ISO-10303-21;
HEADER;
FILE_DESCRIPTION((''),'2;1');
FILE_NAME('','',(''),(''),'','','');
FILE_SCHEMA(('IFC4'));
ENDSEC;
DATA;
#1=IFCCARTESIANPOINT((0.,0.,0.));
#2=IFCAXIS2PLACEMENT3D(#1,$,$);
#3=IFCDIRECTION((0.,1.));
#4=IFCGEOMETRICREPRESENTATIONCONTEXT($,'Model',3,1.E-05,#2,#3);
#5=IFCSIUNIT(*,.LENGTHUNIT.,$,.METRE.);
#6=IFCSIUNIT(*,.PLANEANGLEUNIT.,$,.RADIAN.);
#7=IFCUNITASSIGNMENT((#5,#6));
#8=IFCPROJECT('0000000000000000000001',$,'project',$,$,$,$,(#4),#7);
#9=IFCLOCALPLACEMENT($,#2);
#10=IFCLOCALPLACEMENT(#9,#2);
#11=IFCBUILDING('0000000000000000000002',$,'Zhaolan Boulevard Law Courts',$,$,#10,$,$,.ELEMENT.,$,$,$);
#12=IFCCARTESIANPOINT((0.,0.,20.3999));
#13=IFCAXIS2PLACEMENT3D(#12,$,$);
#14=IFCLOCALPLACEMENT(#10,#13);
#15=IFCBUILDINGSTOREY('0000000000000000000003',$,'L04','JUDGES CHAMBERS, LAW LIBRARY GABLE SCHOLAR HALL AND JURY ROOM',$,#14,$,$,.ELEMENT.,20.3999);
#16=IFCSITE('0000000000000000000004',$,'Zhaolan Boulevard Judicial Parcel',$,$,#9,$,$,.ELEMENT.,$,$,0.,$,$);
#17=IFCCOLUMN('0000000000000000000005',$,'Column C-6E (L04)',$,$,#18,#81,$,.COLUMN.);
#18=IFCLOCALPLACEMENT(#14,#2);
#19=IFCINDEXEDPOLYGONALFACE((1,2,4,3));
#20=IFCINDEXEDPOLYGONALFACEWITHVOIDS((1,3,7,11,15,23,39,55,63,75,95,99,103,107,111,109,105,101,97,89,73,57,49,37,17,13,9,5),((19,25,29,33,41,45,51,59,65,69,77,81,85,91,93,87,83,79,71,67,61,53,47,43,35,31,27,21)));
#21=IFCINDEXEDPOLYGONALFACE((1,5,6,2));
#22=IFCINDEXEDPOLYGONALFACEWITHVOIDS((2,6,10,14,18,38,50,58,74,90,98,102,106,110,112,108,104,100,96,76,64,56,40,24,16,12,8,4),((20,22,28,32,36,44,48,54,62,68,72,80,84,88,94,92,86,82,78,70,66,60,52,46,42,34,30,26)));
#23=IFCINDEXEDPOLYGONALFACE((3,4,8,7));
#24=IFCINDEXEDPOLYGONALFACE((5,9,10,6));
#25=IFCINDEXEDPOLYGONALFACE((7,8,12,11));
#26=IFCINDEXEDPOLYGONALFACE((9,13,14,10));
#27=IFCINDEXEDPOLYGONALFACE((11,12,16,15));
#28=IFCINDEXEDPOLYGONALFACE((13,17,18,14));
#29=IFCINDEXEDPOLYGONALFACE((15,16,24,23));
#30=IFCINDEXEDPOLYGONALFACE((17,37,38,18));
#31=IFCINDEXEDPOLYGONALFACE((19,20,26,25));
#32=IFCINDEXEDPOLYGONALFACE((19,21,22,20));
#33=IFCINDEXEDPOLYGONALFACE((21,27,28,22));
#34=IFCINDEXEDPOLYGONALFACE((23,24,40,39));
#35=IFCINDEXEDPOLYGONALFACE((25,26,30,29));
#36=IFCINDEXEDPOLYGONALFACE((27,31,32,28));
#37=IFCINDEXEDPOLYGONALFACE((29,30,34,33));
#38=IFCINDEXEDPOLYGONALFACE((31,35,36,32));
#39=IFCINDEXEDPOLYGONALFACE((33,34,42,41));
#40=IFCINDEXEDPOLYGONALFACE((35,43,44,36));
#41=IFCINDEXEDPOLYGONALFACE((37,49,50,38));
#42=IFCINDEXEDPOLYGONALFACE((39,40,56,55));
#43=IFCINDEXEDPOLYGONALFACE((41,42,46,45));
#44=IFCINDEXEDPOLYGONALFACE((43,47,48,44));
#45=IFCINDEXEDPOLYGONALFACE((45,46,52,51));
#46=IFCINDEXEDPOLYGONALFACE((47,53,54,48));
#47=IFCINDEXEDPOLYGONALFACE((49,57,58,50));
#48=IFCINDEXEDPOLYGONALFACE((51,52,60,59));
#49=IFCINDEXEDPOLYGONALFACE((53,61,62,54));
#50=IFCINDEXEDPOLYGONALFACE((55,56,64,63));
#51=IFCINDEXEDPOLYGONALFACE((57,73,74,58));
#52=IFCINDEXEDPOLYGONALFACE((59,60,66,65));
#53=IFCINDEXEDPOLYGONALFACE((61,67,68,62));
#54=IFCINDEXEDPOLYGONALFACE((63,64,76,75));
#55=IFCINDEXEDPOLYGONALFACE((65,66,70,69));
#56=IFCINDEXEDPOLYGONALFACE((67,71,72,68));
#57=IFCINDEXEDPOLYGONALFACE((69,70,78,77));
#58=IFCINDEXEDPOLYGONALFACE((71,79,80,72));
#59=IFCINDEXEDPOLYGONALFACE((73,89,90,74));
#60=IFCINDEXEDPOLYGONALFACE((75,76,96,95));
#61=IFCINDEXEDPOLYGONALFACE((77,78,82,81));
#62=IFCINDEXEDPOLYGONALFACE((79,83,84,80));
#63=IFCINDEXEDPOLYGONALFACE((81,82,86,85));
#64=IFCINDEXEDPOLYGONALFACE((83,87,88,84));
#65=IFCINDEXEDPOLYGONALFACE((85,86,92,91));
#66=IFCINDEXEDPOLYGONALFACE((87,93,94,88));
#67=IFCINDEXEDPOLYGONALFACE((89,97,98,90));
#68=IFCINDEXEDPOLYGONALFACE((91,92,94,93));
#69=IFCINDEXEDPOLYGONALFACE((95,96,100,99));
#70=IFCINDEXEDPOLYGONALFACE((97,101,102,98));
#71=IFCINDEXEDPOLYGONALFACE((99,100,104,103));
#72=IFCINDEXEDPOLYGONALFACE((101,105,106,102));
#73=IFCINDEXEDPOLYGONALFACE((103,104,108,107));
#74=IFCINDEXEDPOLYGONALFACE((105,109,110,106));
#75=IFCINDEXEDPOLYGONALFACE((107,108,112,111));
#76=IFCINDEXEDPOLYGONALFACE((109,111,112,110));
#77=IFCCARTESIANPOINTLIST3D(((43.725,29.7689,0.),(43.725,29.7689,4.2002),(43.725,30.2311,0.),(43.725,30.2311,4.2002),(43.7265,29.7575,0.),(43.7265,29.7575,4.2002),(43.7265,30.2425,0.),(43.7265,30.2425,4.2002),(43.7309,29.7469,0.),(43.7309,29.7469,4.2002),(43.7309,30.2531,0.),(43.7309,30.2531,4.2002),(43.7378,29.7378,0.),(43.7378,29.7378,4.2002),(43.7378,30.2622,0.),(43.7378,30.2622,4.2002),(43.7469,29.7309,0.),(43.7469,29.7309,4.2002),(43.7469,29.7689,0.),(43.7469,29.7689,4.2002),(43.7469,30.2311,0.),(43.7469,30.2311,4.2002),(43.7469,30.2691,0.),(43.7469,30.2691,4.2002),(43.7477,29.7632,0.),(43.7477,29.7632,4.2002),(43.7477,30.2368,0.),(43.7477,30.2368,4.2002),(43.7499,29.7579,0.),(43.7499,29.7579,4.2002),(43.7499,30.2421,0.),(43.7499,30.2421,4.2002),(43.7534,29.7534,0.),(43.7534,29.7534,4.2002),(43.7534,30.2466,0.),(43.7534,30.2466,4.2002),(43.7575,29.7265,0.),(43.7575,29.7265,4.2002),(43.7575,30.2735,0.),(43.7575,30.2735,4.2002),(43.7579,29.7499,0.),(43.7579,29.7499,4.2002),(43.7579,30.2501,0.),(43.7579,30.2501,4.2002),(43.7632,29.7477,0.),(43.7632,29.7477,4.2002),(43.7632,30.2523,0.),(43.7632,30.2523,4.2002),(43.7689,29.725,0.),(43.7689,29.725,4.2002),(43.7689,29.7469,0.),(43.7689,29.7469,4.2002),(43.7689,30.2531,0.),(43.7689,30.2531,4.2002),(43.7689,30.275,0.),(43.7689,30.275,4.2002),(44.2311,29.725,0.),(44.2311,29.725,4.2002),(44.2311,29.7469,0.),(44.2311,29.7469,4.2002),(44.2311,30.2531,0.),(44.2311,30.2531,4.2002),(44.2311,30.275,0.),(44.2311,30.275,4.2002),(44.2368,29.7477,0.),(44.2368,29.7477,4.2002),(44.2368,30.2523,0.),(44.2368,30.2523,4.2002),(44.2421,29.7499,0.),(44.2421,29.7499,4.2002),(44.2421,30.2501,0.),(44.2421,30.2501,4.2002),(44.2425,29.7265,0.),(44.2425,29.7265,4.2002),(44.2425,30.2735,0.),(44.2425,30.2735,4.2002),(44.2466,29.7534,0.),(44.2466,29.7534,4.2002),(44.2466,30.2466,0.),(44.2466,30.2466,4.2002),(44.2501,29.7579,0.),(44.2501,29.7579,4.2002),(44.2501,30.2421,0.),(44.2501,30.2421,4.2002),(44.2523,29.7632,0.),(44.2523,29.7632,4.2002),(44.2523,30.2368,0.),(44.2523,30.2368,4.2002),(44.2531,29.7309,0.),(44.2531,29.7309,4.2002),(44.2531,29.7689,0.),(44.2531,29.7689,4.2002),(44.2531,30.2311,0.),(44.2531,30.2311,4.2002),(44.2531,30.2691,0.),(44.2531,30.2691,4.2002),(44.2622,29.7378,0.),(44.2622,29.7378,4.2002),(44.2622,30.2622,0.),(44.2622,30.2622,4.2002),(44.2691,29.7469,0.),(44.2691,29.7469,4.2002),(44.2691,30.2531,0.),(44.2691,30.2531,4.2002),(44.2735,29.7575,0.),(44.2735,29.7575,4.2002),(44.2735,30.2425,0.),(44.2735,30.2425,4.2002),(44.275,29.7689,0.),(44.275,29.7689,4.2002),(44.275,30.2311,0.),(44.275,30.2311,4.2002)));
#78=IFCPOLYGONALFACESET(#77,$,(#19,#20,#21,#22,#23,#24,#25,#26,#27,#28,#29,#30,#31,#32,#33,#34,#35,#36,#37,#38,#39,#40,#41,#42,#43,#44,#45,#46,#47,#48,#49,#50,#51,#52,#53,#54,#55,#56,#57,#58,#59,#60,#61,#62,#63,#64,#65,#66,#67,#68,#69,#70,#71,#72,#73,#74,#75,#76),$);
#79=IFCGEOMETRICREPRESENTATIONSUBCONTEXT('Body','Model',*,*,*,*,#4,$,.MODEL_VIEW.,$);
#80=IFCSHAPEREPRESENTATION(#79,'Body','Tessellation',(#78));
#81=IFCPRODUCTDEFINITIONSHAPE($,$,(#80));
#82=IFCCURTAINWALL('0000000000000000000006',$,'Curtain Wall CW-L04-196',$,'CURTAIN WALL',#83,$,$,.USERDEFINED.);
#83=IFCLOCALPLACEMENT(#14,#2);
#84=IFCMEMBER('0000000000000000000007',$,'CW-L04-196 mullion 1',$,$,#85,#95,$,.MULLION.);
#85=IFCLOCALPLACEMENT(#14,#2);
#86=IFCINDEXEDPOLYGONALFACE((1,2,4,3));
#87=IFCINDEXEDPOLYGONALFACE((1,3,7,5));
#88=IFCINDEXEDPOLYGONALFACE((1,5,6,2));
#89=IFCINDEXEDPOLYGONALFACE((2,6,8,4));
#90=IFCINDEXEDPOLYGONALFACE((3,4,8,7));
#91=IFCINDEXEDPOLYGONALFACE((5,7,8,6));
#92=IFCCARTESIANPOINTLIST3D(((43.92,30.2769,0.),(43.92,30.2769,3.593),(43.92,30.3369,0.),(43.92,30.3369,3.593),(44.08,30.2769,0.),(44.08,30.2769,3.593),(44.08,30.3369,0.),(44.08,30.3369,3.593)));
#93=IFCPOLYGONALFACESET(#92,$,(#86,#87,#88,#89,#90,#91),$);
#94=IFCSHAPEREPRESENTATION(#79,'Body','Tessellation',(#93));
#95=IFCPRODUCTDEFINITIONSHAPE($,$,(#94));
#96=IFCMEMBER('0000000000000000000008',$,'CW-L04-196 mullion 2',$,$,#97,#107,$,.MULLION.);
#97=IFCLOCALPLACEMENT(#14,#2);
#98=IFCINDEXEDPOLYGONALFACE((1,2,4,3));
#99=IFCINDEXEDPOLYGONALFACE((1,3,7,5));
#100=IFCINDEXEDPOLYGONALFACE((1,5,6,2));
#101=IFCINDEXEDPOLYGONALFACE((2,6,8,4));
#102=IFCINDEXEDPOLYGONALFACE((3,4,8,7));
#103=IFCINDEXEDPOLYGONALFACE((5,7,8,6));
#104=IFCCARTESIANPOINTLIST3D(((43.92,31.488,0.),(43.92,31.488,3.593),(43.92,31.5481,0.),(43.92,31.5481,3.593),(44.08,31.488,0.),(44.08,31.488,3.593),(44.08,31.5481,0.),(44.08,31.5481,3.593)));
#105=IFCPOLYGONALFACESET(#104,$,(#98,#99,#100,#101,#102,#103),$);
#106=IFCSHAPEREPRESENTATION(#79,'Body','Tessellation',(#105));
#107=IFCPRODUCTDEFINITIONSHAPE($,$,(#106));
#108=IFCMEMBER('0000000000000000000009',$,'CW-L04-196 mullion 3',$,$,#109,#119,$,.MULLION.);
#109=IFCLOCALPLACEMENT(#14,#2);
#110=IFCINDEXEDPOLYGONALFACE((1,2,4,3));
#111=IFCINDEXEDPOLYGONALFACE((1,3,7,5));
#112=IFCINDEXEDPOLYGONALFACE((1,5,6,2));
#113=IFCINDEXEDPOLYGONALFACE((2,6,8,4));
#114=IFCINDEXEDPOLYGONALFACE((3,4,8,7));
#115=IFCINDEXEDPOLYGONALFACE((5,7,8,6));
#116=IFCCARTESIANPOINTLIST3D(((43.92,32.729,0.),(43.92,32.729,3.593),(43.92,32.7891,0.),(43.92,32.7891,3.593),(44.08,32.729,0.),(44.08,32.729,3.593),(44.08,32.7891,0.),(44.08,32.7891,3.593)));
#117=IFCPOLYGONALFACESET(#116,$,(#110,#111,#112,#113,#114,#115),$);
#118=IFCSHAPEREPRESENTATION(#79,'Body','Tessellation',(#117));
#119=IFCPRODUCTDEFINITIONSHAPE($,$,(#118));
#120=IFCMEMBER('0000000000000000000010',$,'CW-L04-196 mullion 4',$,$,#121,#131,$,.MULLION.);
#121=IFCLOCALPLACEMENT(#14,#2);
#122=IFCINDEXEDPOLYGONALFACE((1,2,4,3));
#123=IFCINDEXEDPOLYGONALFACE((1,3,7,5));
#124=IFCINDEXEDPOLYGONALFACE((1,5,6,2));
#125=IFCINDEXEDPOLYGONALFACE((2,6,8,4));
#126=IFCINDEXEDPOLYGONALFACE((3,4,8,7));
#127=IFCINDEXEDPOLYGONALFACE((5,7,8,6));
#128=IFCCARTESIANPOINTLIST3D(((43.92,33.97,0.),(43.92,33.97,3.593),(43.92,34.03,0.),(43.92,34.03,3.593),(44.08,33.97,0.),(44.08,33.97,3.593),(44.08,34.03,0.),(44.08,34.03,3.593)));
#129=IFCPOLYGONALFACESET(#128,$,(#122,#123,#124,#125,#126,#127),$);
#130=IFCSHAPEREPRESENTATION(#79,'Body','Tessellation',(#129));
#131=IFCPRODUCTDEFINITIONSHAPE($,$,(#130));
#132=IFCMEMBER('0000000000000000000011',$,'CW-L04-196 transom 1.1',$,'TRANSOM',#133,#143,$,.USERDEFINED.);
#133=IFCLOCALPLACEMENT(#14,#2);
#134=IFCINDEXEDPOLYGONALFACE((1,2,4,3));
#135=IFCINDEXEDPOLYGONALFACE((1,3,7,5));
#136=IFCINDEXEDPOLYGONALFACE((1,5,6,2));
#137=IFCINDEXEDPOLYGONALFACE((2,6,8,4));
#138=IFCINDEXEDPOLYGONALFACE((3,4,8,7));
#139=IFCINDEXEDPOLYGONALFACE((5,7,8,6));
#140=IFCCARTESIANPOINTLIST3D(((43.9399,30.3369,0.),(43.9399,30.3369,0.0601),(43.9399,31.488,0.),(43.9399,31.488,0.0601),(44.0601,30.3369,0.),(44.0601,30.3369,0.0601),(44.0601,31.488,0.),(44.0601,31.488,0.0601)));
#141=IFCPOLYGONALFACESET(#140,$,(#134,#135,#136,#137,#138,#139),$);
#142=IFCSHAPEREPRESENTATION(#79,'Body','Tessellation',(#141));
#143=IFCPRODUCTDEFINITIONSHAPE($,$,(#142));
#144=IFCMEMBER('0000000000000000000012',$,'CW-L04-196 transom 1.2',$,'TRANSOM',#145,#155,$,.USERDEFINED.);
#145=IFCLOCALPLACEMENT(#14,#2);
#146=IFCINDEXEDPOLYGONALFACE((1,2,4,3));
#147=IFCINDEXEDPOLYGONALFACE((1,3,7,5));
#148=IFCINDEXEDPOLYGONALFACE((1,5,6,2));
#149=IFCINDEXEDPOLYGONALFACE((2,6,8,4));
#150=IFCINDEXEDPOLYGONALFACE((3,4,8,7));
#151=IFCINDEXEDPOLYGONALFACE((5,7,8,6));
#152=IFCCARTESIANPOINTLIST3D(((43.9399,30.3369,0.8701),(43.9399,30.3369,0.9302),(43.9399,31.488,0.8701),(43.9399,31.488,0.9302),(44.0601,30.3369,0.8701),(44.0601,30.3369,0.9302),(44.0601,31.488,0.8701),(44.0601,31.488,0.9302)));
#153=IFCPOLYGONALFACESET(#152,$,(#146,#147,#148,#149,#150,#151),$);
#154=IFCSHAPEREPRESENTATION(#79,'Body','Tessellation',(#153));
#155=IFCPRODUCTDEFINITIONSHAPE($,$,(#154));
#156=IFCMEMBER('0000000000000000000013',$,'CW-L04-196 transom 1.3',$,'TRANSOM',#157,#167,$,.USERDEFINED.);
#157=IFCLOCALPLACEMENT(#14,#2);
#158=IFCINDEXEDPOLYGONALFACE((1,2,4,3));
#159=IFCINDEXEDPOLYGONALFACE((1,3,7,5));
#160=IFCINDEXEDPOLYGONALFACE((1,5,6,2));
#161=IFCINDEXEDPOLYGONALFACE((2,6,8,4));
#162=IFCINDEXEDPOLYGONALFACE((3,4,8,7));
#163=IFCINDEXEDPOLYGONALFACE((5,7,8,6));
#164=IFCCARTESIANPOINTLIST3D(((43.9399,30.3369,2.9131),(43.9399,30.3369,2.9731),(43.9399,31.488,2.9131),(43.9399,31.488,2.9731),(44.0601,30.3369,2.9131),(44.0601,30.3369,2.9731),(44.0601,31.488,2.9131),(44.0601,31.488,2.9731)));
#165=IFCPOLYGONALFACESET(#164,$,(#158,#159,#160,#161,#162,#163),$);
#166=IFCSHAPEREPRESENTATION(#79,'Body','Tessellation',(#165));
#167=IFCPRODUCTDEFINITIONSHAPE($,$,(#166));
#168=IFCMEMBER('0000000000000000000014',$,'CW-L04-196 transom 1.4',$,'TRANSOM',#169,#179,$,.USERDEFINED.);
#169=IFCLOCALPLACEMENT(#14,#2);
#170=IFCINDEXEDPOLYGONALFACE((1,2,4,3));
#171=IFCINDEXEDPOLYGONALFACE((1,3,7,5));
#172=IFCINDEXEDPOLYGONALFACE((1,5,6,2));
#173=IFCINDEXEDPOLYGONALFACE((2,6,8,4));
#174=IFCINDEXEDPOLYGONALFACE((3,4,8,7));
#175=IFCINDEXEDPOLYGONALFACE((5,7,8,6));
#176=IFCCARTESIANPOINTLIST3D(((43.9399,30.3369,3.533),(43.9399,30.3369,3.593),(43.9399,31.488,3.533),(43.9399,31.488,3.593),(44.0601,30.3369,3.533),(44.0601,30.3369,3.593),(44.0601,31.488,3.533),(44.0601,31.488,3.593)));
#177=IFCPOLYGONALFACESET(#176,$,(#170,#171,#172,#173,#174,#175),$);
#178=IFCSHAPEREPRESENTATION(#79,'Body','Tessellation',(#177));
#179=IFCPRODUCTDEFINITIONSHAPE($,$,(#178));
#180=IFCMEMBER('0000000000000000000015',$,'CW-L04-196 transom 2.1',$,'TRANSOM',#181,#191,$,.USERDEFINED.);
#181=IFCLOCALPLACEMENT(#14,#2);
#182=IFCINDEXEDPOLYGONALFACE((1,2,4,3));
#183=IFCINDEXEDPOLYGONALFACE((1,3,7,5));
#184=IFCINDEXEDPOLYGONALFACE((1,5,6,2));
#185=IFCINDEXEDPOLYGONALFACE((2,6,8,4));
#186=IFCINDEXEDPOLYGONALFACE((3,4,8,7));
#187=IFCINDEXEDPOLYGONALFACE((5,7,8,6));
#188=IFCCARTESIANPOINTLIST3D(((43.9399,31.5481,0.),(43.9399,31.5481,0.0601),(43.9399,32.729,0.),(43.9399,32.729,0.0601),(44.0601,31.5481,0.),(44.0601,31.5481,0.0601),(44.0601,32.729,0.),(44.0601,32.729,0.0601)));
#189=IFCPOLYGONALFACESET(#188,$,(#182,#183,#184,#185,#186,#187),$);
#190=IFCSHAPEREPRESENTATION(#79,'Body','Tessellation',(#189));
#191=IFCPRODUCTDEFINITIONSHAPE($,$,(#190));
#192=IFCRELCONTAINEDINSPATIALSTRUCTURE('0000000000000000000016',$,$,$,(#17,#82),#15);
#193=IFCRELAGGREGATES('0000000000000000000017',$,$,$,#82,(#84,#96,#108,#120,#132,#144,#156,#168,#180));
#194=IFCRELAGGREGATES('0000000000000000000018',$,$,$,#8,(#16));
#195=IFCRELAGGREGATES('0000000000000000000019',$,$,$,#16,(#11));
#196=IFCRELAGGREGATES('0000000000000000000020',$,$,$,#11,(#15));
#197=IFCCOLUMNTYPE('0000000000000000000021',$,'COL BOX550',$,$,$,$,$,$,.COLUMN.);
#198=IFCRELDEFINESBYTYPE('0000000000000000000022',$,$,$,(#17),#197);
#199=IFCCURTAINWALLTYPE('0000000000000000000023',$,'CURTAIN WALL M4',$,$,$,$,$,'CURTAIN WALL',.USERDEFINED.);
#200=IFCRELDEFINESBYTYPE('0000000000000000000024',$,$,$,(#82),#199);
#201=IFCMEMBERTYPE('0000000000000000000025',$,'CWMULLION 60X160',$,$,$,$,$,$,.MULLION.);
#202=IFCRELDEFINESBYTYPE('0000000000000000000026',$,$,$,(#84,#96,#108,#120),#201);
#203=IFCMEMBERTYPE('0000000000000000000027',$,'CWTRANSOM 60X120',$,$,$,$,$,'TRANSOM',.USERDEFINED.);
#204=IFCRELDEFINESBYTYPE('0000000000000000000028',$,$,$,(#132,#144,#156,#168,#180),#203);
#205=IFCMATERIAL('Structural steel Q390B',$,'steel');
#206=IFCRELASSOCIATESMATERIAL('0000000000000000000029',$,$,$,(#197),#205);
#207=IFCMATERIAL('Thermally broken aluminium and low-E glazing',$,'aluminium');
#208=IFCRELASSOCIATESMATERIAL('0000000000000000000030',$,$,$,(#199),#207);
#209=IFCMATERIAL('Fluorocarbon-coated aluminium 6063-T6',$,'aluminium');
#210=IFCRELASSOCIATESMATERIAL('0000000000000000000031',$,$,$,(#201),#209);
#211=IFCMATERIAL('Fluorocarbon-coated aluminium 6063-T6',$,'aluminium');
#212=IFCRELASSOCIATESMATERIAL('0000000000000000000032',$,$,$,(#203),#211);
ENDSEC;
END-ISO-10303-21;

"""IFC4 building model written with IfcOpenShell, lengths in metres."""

from ifc_helpers import new_model, si_unit, direction, frame, origin, origin_2d, place, context, subcontext, project, spatial, rectangle, hollow_rectangle, extrude, material, material_profile, profile_set, type_object, element, aggregate, save


model = new_model("IFC4")

# Units and contexts
model_context = context("Model", 3, precision=1e-05, world=origin(), true_north=direction((0.0, 1.0)))
body_context = subcontext(model_context, "Body", "Model", "MODEL_VIEW")
ifc_project = project(units=[si_unit("LENGTHUNIT", "METRE"), si_unit("PLANEANGLEUNIT", "RADIAN")], contexts=[model_context])

# Site, building, storey
site_placement = place(None, origin())
site = spatial("IfcSite", under=ifc_project, at=site_placement, Name="Zhaolan Boulevard Judicial Parcel", CompositionType="ELEMENT", RefElevation=0.0)
building_placement = place(site_placement, origin())
building = spatial("IfcBuilding", under=site, at=building_placement, Name="Zhaolan Boulevard Law Courts", CompositionType="ELEMENT")
storey_placement = place(building_placement, frame((0.0, 0.0, 20.3999)))
storey = spatial("IfcBuildingStorey", under=building, at=storey_placement, Name="L04", Description="JUDGES CHAMBERS, LAW LIBRARY GABLE SCHOLAR HALL AND JURY ROOM", CompositionType="ELEMENT", Elevation=20.3999)

# Column
ifc_material_1 = material(Name="Structural steel Q390B", Category="steel")
ifc_material_profile_1 = material_profile(ifc_material_1, hollow_rectangle(XDim=0.55, YDim=0.55, WallThickness=0.022, InnerFilletRadius=0.022, OuterFilletRadius=0.0439, at=origin_2d()), Name="BOX550x550x22")
ifc_profile_set_1 = profile_set([ifc_material_profile_1], Name="Structural steel Q390B")
column_type = type_object("IfcColumnType", Name="COL BOX550", PredefinedType="COLUMN", material=ifc_profile_set_1)
column_placement = place(storey_placement, frame((44.0, 30.0, 0.0), z_axis=(0.0, 0.0, 1.0), x_axis=(1.0, 0.0, 0.0)))
element("IfcColumn", 1, at=column_placement, inside=storey, type_object=column_type, Name="Column C-6E (L04)", PredefinedType="COLUMN", context=body_context, shape_type="SweptSolid", body=[
    extrude(hollow_rectangle(XDim=0.55, YDim=0.55, WallThickness=0.022, InnerFilletRadius=0.022, OuterFilletRadius=0.0439, at=origin_2d()), origin(), (0.0, 0.0, 1.0), 4.2002),
])

# Curtain wall, members
ifc_material_2 = material(Name="Thermally broken aluminium and low-E glazing", Category="aluminium")
curtain_wall_type = type_object("IfcCurtainWallType", Name="CURTAIN WALL M4", ElementType="CURTAIN WALL", PredefinedType="USERDEFINED", material=ifc_material_2)
curtain_wall_placement = place(storey_placement, origin())
curtain_wall = element("IfcCurtainWall", 2, at=curtain_wall_placement, inside=storey, type_object=curtain_wall_type, Name="Curtain Wall CW-L04-196", ObjectType="CURTAIN WALL", PredefinedType="USERDEFINED")
ifc_material_3 = material(Name="Fluorocarbon-coated aluminium 6063-T6", Category="aluminium")
ifc_material_profile_2 = material_profile(ifc_material_3, rectangle(XDim=0.1599, YDim=0.0601, at=origin_2d()), Name="AL60x160")
ifc_profile_set_2 = profile_set([ifc_material_profile_2], Name="Fluorocarbon-coated aluminium 6063-T6")
member_type_1 = type_object("IfcMemberType", Name="CWMULLION 60X160", PredefinedType="MULLION", material=ifc_profile_set_2)
member_1_placement = place(storey_placement, frame((44.0, 30.3069, 0.0), z_axis=(0.0, 0.0, 1.0), x_axis=(-1.0, 0.0, 0.0)))
member_1 = element("IfcMember", 3, at=member_1_placement, type_object=member_type_1, Name="CW-L04-196 mullion 1", PredefinedType="MULLION", context=body_context, shape_type="SweptSolid", body=[
    extrude(rectangle(XDim=0.1599, YDim=0.0601, at=origin_2d()), origin(), (0.0, 0.0, 1.0), 3.593),
])
member_2_placement = place(storey_placement, frame((44.0, 31.5181, 0.0), z_axis=(0.0, 0.0, 1.0), x_axis=(-1.0, 0.0, 0.0)))
member_2 = element("IfcMember", 4, at=member_2_placement, type_object=member_type_1, Name="CW-L04-196 mullion 2", PredefinedType="MULLION", context=body_context, shape_type="SweptSolid", body=[
    extrude(rectangle(XDim=0.1599, YDim=0.0601, at=origin_2d()), origin(), (0.0, 0.0, 1.0), 3.593),
])
member_3_placement = place(storey_placement, frame((44.0, 32.759, 0.0), z_axis=(0.0, 0.0, 1.0), x_axis=(-1.0, 0.0, 0.0)))
member_3 = element("IfcMember", 5, at=member_3_placement, type_object=member_type_1, Name="CW-L04-196 mullion 3", PredefinedType="MULLION", context=body_context, shape_type="SweptSolid", body=[
    extrude(rectangle(XDim=0.1599, YDim=0.0601, at=origin_2d()), origin(), (0.0, 0.0, 1.0), 3.593),
])
member_4_placement = place(storey_placement, frame((44.0, 34.0, 0.0), z_axis=(0.0, 0.0, 1.0), x_axis=(-1.0, 0.0, 0.0)))
member_4 = element("IfcMember", 6, at=member_4_placement, type_object=member_type_1, Name="CW-L04-196 mullion 4", PredefinedType="MULLION", context=body_context, shape_type="SweptSolid", body=[
    extrude(rectangle(XDim=0.1599, YDim=0.0601, at=origin_2d()), origin(), (0.0, 0.0, 1.0), 3.593),
])
ifc_material_4 = material(Name="Fluorocarbon-coated aluminium 6063-T6", Category="aluminium")
ifc_material_profile_3 = material_profile(ifc_material_4, rectangle(XDim=0.1201, YDim=0.0601, at=origin_2d()), Name="AL60x120")
ifc_profile_set_3 = profile_set([ifc_material_profile_3], Name="Fluorocarbon-coated aluminium 6063-T6")
member_type_2 = type_object("IfcMemberType", Name="CWTRANSOM 60X120", ElementType="TRANSOM", PredefinedType="USERDEFINED", material=ifc_profile_set_3)
member_5_placement = place(storey_placement, frame((44.0, 30.3369, 0.03), z_axis=(0.0, 1.0, 0.0), x_axis=(-1.0, 0.0, 0.0)))
member_5 = element("IfcMember", 7, at=member_5_placement, type_object=member_type_2, Name="CW-L04-196 transom 1.1", ObjectType="TRANSOM", PredefinedType="USERDEFINED", context=body_context, shape_type="SweptSolid", body=[
    extrude(rectangle(XDim=0.1201, YDim=0.0601, at=origin_2d()), origin(), (0.0, 0.0, 1.0), 1.1511),
])
member_6_placement = place(storey_placement, frame((44.0, 30.3369, 0.9001), z_axis=(0.0, 1.0, 0.0), x_axis=(-1.0, 0.0, 0.0)))
member_6 = element("IfcMember", 8, at=member_6_placement, type_object=member_type_2, Name="CW-L04-196 transom 1.2", ObjectType="TRANSOM", PredefinedType="USERDEFINED", context=body_context, shape_type="SweptSolid", body=[
    extrude(rectangle(XDim=0.1201, YDim=0.0601, at=origin_2d()), origin(), (0.0, 0.0, 1.0), 1.1511),
])
member_7_placement = place(storey_placement, frame((44.0, 30.3369, 2.9431), z_axis=(0.0, 1.0, 0.0), x_axis=(-1.0, 0.0, 0.0)))
member_7 = element("IfcMember", 9, at=member_7_placement, type_object=member_type_2, Name="CW-L04-196 transom 1.3", ObjectType="TRANSOM", PredefinedType="USERDEFINED", context=body_context, shape_type="SweptSolid", body=[
    extrude(rectangle(XDim=0.1201, YDim=0.0601, at=origin_2d()), origin(), (0.0, 0.0, 1.0), 1.1511),
])
member_8_placement = place(storey_placement, frame((44.0, 30.3369, 3.563), z_axis=(0.0, 1.0, 0.0), x_axis=(-1.0, 0.0, 0.0)))
member_8 = element("IfcMember", 10, at=member_8_placement, type_object=member_type_2, Name="CW-L04-196 transom 1.4", ObjectType="TRANSOM", PredefinedType="USERDEFINED", context=body_context, shape_type="SweptSolid", body=[
    extrude(rectangle(XDim=0.1201, YDim=0.0601, at=origin_2d()), origin(), (0.0, 0.0, 1.0), 1.1511),
])
member_9_placement = place(storey_placement, frame((44.0, 31.5481, 0.03), z_axis=(0.0, 1.0, 0.0), x_axis=(-1.0, 0.0, 0.0)))
member_9 = element("IfcMember", 11, at=member_9_placement, type_object=member_type_2, Name="CW-L04-196 transom 2.1", ObjectType="TRANSOM", PredefinedType="USERDEFINED", context=body_context, shape_type="SweptSolid", body=[
    extrude(rectangle(XDim=0.1201, YDim=0.0601, at=origin_2d()), origin(), (0.0, 0.0, 1.0), 1.1809),
])

aggregate(curtain_wall, [member_1, member_2, member_3, member_4, member_5, member_6, member_7, member_8, member_9])

save(model, "model.ifc")
